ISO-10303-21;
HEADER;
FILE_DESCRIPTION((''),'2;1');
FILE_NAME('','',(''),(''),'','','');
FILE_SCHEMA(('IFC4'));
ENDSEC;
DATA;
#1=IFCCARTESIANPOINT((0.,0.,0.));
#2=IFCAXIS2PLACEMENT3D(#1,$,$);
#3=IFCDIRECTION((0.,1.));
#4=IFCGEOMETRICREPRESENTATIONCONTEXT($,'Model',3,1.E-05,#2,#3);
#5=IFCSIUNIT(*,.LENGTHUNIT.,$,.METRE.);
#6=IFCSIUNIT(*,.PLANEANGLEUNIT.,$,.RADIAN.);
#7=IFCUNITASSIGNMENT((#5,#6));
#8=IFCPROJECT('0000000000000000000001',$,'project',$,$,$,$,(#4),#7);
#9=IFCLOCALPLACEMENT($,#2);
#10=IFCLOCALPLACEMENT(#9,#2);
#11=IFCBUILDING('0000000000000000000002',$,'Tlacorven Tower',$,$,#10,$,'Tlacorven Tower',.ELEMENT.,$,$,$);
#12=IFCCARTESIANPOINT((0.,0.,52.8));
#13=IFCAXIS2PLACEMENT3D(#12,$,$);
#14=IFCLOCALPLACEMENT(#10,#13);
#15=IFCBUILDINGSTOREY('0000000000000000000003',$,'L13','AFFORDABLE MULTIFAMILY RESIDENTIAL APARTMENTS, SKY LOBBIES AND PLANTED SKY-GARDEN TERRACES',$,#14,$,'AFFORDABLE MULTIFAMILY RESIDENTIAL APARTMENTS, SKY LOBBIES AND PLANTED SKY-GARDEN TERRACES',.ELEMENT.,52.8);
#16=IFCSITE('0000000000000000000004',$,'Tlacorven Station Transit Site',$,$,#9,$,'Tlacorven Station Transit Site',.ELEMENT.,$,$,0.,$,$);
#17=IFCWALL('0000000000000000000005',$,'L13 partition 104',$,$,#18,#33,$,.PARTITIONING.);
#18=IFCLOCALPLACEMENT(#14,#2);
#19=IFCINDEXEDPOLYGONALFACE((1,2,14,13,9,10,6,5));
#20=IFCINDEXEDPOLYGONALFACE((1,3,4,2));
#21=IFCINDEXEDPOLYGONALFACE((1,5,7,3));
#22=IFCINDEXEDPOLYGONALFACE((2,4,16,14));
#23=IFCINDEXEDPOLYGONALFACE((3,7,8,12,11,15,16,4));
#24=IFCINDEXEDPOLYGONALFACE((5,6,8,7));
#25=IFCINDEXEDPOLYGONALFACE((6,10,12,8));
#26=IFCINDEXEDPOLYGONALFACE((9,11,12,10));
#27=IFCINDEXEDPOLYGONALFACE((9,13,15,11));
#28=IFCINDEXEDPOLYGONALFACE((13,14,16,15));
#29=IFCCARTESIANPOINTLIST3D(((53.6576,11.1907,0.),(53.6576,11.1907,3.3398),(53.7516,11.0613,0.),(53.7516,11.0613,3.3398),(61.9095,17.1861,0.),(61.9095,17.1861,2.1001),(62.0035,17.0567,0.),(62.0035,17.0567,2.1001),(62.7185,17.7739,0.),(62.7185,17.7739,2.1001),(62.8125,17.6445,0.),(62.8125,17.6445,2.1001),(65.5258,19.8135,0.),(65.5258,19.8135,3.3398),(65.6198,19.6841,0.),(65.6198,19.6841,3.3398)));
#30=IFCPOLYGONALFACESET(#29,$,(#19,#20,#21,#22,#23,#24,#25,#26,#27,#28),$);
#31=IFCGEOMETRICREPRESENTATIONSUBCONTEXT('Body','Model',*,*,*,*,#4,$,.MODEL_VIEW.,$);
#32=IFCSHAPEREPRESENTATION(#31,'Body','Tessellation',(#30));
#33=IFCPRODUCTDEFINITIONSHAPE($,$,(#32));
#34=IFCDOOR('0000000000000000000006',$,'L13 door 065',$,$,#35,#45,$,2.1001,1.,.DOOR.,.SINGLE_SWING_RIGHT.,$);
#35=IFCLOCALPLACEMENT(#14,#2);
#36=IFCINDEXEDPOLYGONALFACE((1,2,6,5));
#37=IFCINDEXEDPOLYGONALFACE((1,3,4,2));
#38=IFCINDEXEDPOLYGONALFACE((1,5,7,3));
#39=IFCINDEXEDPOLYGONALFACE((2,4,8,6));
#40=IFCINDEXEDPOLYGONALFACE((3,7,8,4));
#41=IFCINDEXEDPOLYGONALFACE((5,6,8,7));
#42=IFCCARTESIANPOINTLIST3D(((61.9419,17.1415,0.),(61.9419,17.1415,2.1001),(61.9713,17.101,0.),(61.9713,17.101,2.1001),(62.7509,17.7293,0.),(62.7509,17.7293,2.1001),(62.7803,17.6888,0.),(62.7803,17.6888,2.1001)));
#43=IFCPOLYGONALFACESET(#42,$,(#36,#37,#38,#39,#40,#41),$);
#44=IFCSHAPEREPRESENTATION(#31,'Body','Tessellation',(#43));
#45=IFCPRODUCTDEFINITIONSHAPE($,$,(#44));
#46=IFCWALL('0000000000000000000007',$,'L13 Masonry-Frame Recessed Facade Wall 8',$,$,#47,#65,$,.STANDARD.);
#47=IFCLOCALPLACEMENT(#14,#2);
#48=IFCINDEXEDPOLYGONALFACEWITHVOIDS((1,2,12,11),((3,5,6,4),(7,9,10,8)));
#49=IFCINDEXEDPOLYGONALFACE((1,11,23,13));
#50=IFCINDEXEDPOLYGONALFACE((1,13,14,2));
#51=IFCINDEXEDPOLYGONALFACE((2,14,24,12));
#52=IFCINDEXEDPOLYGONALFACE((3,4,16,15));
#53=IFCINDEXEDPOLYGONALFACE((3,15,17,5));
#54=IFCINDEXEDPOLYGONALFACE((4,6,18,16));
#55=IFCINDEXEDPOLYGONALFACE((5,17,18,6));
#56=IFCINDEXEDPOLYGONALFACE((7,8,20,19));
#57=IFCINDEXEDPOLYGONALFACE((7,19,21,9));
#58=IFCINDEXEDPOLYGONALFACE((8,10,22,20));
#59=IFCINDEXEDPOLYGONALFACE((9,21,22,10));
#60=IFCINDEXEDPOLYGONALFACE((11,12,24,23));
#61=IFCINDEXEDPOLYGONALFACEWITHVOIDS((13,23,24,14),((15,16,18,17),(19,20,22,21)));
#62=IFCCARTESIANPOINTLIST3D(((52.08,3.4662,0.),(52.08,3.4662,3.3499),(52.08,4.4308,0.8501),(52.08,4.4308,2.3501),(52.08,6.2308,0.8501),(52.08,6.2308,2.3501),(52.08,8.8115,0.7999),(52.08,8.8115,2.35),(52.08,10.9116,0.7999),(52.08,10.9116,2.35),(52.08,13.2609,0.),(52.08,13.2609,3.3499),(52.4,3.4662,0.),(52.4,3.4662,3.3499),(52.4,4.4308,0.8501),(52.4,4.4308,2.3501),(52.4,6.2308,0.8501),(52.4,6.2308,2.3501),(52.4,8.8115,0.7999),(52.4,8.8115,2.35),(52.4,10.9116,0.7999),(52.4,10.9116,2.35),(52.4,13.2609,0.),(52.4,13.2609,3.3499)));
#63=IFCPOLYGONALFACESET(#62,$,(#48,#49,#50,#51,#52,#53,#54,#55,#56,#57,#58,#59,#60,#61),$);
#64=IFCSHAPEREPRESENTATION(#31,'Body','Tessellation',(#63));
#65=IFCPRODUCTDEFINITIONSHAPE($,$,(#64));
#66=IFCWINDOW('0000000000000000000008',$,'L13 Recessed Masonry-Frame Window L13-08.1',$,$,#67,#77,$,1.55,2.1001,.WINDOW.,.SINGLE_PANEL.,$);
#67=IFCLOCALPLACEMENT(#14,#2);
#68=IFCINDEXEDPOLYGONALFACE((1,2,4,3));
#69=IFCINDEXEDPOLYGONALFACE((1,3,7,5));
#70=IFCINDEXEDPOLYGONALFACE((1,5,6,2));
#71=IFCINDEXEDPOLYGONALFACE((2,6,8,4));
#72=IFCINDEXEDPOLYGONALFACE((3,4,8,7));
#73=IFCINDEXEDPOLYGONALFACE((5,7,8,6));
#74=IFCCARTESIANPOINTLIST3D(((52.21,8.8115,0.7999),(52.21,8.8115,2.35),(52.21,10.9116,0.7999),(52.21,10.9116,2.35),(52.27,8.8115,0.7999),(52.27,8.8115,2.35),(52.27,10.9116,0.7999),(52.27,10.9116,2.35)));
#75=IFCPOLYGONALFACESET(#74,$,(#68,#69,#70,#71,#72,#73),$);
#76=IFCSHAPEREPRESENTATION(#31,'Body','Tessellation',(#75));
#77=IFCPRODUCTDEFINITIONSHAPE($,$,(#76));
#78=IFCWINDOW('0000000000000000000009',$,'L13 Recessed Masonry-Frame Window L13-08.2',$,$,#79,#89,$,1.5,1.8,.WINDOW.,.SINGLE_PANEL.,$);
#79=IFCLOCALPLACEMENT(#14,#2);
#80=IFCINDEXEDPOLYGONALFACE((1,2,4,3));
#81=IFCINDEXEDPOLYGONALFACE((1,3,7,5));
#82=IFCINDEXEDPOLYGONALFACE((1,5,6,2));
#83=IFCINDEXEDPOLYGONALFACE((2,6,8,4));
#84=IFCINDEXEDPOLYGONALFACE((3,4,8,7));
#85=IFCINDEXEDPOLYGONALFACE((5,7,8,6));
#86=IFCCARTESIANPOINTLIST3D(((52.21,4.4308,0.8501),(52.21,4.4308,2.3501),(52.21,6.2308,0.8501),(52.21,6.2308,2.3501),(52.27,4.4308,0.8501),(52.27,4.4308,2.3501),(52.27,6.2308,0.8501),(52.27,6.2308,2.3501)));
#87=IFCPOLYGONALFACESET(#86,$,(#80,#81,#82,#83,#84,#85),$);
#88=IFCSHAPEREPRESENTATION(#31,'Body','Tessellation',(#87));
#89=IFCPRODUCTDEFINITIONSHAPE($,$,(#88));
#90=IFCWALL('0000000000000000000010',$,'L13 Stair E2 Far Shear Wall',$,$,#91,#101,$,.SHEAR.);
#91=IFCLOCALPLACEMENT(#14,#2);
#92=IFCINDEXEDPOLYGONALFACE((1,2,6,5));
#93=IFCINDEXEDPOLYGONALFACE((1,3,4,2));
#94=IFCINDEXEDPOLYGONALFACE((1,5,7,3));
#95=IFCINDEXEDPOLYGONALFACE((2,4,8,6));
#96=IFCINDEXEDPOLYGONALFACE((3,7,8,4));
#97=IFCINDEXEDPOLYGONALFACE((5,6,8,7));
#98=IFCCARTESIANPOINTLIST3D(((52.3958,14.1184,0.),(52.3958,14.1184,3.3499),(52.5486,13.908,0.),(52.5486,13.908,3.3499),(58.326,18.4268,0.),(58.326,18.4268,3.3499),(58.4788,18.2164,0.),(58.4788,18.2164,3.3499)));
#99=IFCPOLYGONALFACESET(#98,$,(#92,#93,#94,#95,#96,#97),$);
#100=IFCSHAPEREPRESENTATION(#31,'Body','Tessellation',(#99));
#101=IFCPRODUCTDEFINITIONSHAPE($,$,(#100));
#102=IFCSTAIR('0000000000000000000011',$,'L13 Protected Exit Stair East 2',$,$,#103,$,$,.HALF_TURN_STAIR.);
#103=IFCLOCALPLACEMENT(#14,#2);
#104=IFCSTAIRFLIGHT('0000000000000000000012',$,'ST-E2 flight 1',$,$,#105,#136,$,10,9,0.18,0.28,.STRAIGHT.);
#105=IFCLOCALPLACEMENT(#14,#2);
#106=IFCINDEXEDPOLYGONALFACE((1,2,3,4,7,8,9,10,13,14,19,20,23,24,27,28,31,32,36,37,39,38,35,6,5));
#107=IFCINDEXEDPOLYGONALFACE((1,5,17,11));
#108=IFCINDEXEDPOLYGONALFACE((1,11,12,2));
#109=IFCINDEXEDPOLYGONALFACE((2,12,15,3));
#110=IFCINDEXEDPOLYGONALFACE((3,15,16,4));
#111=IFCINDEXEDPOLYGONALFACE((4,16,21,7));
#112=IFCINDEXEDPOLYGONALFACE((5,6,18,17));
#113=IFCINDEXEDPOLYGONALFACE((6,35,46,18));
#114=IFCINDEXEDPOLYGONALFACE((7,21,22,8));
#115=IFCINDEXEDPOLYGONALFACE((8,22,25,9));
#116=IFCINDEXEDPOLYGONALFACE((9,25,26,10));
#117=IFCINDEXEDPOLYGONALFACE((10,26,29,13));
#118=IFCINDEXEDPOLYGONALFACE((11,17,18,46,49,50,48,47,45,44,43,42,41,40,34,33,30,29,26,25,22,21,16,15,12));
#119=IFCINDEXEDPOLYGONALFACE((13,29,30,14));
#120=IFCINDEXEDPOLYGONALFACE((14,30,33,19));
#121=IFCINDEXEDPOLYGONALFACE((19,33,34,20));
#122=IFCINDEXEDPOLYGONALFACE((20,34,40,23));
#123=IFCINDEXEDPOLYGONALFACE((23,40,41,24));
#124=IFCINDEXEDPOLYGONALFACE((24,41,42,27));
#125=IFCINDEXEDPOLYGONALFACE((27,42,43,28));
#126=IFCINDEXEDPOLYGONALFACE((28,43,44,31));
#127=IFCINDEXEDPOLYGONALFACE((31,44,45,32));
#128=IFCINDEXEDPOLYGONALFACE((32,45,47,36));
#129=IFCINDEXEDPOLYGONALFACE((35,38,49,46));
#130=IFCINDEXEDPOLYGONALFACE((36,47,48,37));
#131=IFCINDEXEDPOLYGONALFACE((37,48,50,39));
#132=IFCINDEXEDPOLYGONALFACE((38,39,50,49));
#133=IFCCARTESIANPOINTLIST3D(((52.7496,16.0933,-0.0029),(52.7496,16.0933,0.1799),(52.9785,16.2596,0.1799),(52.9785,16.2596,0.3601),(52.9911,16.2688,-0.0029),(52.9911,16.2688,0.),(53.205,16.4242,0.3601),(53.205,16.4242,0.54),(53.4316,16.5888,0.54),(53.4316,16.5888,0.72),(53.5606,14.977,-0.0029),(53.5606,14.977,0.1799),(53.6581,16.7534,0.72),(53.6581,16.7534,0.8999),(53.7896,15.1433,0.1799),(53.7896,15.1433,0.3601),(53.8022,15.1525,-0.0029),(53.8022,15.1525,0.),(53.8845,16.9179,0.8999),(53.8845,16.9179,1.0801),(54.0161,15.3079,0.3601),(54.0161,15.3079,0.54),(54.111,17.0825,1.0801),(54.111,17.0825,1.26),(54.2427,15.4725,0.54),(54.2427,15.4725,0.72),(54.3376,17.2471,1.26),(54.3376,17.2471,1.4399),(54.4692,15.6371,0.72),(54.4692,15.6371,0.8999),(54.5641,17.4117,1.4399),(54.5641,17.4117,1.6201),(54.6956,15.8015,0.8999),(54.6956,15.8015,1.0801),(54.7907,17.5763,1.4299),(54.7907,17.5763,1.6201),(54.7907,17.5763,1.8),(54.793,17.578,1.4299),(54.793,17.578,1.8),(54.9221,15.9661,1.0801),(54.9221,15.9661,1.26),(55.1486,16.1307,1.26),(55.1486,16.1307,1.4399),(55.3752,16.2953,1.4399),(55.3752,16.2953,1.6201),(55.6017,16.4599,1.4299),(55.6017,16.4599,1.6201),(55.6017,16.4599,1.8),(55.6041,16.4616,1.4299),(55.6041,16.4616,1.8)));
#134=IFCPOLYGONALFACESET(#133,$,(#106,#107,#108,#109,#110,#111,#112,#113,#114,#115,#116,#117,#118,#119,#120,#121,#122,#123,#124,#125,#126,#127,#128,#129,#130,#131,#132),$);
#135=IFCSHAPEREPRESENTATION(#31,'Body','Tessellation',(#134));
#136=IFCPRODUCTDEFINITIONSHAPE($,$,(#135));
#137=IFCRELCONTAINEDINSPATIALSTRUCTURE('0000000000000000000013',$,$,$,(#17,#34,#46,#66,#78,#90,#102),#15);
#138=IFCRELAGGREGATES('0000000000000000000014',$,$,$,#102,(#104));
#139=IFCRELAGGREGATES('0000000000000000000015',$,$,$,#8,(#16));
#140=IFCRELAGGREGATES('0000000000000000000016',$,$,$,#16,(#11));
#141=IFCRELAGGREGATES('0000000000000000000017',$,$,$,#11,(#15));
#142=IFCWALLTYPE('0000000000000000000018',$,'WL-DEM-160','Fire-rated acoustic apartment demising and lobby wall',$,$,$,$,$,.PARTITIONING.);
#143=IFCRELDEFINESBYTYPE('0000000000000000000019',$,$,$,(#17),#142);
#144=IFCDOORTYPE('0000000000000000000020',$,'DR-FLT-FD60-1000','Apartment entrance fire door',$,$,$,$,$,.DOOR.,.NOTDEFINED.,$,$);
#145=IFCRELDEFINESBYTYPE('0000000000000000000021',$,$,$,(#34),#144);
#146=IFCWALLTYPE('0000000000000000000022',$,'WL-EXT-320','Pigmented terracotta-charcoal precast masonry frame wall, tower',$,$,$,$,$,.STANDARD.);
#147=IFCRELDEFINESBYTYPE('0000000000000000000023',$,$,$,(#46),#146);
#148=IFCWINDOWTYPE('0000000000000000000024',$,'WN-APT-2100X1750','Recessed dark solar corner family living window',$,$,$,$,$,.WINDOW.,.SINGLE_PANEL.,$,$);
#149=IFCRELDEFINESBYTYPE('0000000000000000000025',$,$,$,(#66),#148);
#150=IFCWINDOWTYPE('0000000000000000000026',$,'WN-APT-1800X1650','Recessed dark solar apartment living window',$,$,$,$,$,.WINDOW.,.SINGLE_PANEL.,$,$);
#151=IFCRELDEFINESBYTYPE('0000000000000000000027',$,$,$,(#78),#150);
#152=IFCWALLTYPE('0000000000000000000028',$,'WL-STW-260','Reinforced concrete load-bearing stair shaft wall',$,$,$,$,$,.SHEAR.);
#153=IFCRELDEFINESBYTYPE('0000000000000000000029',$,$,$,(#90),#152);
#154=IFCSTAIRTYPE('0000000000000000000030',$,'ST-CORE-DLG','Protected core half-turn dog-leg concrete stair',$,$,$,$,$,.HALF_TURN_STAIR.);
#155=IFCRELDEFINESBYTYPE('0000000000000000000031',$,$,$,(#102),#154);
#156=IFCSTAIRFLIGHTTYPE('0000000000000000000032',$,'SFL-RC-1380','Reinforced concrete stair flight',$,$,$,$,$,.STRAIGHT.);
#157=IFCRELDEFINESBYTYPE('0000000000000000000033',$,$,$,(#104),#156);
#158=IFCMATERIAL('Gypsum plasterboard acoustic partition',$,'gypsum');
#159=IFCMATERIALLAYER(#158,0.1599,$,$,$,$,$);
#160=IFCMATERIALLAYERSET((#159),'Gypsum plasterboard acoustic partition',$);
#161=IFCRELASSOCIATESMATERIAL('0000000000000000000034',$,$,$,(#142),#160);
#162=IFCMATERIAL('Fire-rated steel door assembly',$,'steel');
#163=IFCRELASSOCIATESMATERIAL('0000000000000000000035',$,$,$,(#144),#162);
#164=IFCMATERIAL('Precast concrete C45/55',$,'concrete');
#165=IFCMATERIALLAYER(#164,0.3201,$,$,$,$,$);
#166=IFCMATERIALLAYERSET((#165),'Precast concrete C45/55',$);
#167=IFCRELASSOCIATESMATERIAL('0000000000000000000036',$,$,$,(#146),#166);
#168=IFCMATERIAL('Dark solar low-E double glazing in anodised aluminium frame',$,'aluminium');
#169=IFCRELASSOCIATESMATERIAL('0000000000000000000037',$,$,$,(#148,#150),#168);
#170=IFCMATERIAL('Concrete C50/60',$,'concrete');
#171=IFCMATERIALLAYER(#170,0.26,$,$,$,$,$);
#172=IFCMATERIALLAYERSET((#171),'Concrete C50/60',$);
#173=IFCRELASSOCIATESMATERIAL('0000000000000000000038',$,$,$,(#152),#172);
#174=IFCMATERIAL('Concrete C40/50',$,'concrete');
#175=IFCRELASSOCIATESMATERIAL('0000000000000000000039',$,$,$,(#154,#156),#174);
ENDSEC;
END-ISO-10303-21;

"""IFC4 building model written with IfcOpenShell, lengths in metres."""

from ifc_helpers import new_model, si_unit, direction, frame, frame_2d, origin, place, context, subcontext, project, spatial, polyline, rectangle, outline, extrude, source, transform, mapped, material, layer, layer_set, type_object, element, fill, aggregate, save


model = new_model("IFC4")

# Units and contexts
model_context = context("Model", 3, precision=1e-05, world=origin(), true_north=direction((0.0, 1.0)))
body_context = subcontext(model_context, "Body", "Model", "MODEL_VIEW")
ifc_project = project(units=[si_unit("LENGTHUNIT", "METRE"), si_unit("PLANEANGLEUNIT", "RADIAN")], contexts=[model_context])

# Site, building, storey
site_placement = place(None, origin())
site = spatial("IfcSite", under=ifc_project, at=site_placement, Name="Tlacorven Station Transit Site", LongName="Tlacorven Station Transit Site", CompositionType="ELEMENT", RefElevation=0.0)
building_placement = place(site_placement, origin())
building = spatial("IfcBuilding", under=site, at=building_placement, Name="Tlacorven Tower", LongName="Tlacorven Tower", CompositionType="ELEMENT")
storey_placement = place(building_placement, frame((0.0, 0.0, 52.8)))
storey = spatial("IfcBuildingStorey", under=building, at=storey_placement, Name="L13", Description="AFFORDABLE MULTIFAMILY RESIDENTIAL APARTMENTS, SKY LOBBIES AND PLANTED SKY-GARDEN TERRACES", LongName="AFFORDABLE MULTIFAMILY RESIDENTIAL APARTMENTS, SKY LOBBIES AND PLANTED SKY-GARDEN TERRACES", CompositionType="ELEMENT", Elevation=52.8)

# Wall, opening, door
ifc_material_1 = material(Name="Gypsum plasterboard acoustic partition", Category="gypsum")
ifc_layer_1 = layer(ifc_material_1, 0.1599)
ifc_layer_set_1 = layer_set([ifc_layer_1], Name="Gypsum plasterboard acoustic partition")
wall_type_1 = type_object("IfcWallType", Name="WL-DEM-160", Description="Fire-rated acoustic apartment demising and lobby wall", PredefinedType="PARTITIONING", material=ifc_layer_set_1)
wall_1_placement = place(storey_placement, frame((53.7046, 11.126, 0.0), z_axis=(0.0, 0.0, 1.0), x_axis=(0.809015, 0.587789, 0.0)))
wall_1 = element("IfcWall", 1, at=wall_1_placement, inside=storey, type_object=wall_type_1, Name="L13 partition 104", PredefinedType="PARTITIONING", context=body_context, shape_type="SweptSolid", body=[
    extrude(rectangle(XDim=14.6699, YDim=0.1599, at=frame_2d((7.335, 0.0))), origin(), (0.0, 0.0, 1.0), 3.3398),
])
opening_1_placement = place(wall_1_placement, frame((10.2, 0.0, 0.0)))
opening_1 = element("IfcOpeningElement", 2, at=opening_1_placement, cuts=wall_1, PredefinedType="OPENING", context=body_context, shape_type="SweptSolid", body=[
    extrude(rectangle(XDim=1.0, YDim=2.1001, at=frame_2d((0.5, 1.05))), frame((0.0, 0.0898, 0.0), z_axis=(0.0, -1.0, 0.0), x_axis=(1.0, 0.0, 0.0)), (0.0, 0.0, 1.0), 0.1799),
])
ifc_material_2 = material(Name="Fire-rated steel door assembly", Category="steel")
door_type = type_object("IfcDoorType", Name="DR-FLT-FD60-1000", Description="Apartment entrance fire door", OperationType="NOTDEFINED", PredefinedType="DOOR", material=ifc_material_2)
shared_shape_1 = source(origin(), body_context, "Body", "SweptSolid", [
    extrude(rectangle(XDim=1.0, YDim=2.1001, at=frame_2d((0.5, 1.05))), frame((0.0, 0.0249, 0.0), z_axis=(0.0, -1.0, 0.0), x_axis=(1.0, 0.0, 0.0)), (0.0, 0.0, 1.0), 0.05),
])
door_placement = place(opening_1_placement, origin())
door = element("IfcDoor", 3, at=door_placement, inside=storey, type_object=door_type, Name="L13 door 065", OperationType="SINGLE_SWING_RIGHT", OverallHeight=2.1001, OverallWidth=1.0, PredefinedType="DOOR", context=body_context, shape_type="MappedRepresentation", body=[
    mapped(shared_shape_1, transform((0.0, 0.0, 0.0), scale=1.0)),
])
fill(opening_1, door)

# Wall, openings, windows
ifc_material_3 = material(Name="Precast concrete C45/55", Category="concrete")
ifc_layer_2 = layer(ifc_material_3, 0.3201)
ifc_layer_set_2 = layer_set([ifc_layer_2], Name="Precast concrete C45/55")
wall_type_2 = type_object("IfcWallType", Name="WL-EXT-320", Description="Pigmented terracotta-charcoal precast masonry frame wall, tower", PredefinedType="STANDARD", material=ifc_layer_set_2)
wall_2_placement = place(storey_placement, frame((52.24, 13.261, 0.0), z_axis=(0.0, 0.0, 1.0), x_axis=(0.0, -1.0, 0.0)))
wall_2 = element("IfcWall", 4, at=wall_2_placement, inside=storey, type_object=wall_type_2, Name="L13 Masonry-Frame Recessed Facade Wall 8", PredefinedType="STANDARD", context=body_context, shape_type="SweptSolid", body=[
    extrude(rectangle(XDim=9.7947, YDim=0.3201, at=frame_2d((4.8975, 0.0))), origin(), (0.0, 0.0, 1.0), 3.3499),
])
opening_2_placement = place(wall_2_placement, frame((2.3494, 0.0, 0.8)))
opening_2 = element("IfcOpeningElement", 5, at=opening_2_placement, cuts=wall_2, PredefinedType="OPENING", context=body_context, shape_type="SweptSolid", body=[
    extrude(rectangle(XDim=2.1001, YDim=1.55, at=frame_2d((1.05, 0.7749))), frame((0.0, 0.1699, 0.0), z_axis=(0.0, -1.0, 0.0), x_axis=(1.0, 0.0, 0.0)), (0.0, 0.0, 1.0), 0.3401),
])
opening_3_placement = place(wall_2_placement, frame((7.0303, 0.0, 0.8501)))
opening_3 = element("IfcOpeningElement", 6, at=opening_3_placement, cuts=wall_2, PredefinedType="OPENING", context=body_context, shape_type="SweptSolid", body=[
    extrude(rectangle(XDim=1.8, YDim=1.5, at=frame_2d((0.8999, 0.75))), frame((0.0, 0.1699, 0.0), z_axis=(0.0, -1.0, 0.0), x_axis=(1.0, 0.0, 0.0)), (0.0, 0.0, 1.0), 0.3401),
])
ifc_material_4 = material(Name="Dark solar low-E double glazing in anodised aluminium frame", Category="aluminium")
window_type_1 = type_object("IfcWindowType", Name="WN-APT-2100X1750", Description="Recessed dark solar corner family living window", PartitioningType="SINGLE_PANEL", PredefinedType="WINDOW", material=ifc_material_4)
shared_shape_2 = source(origin(), body_context, "Body", "SweptSolid", [
    extrude(rectangle(XDim=2.1001, YDim=1.55, at=frame_2d((1.05, 0.7749))), frame((0.0, 0.03, 0.0), z_axis=(0.0, -1.0, 0.0), x_axis=(1.0, 0.0, 0.0)), (0.0, 0.0, 1.0), 0.0601),
])
window_1_placement = place(opening_2_placement, origin())
window_1 = element("IfcWindow", 7, at=window_1_placement, inside=storey, type_object=window_type_1, Name="L13 Recessed Masonry-Frame Window L13-08.1", OverallHeight=1.55, OverallWidth=2.1001, PartitioningType="SINGLE_PANEL", PredefinedType="WINDOW", context=body_context, shape_type="MappedRepresentation", body=[
    mapped(shared_shape_2, transform((0.0, 0.0, 0.0), scale=1.0)),
])
fill(opening_2, window_1)
window_type_2 = type_object("IfcWindowType", Name="WN-APT-1800X1650", Description="Recessed dark solar apartment living window", PartitioningType="SINGLE_PANEL", PredefinedType="WINDOW", material=ifc_material_4)
shared_shape_3 = source(origin(), body_context, "Body", "SweptSolid", [
    extrude(rectangle(XDim=1.8, YDim=1.5, at=frame_2d((0.8999, 0.75))), frame((0.0, 0.03, 0.0), z_axis=(0.0, -1.0, 0.0), x_axis=(1.0, 0.0, 0.0)), (0.0, 0.0, 1.0), 0.0601),
])
window_2_placement = place(opening_3_placement, origin())
window_2 = element("IfcWindow", 8, at=window_2_placement, inside=storey, type_object=window_type_2, Name="L13 Recessed Masonry-Frame Window L13-08.2", OverallHeight=1.5, OverallWidth=1.8, PartitioningType="SINGLE_PANEL", PredefinedType="WINDOW", context=body_context, shape_type="MappedRepresentation", body=[
    mapped(shared_shape_3, transform((0.0, 0.0, 0.0), scale=1.0)),
])
fill(opening_3, window_2)

# Wall
ifc_material_5 = material(Name="Concrete C50/60", Category="concrete")
ifc_layer_3 = layer(ifc_material_5, 0.26)
ifc_layer_set_3 = layer_set([ifc_layer_3], Name="Concrete C50/60")
wall_type_3 = type_object("IfcWallType", Name="WL-STW-260", Description="Reinforced concrete load-bearing stair shaft wall", PredefinedType="SHEAR", material=ifc_layer_set_3)
wall_3_placement = place(storey_placement, frame((52.4722, 14.0132, 0.0), z_axis=(0.0, 0.0, 1.0), x_axis=(0.809028, 0.58777, 0.0)))
element("IfcWall", 9, at=wall_3_placement, inside=storey, type_object=wall_type_3, Name="L13 Stair E2 Far Shear Wall", PredefinedType="SHEAR", context=body_context, shape_type="SweptSolid", body=[
    extrude(rectangle(XDim=7.3301, YDim=0.26, at=frame_2d((3.665, 0.0))), origin(), (0.0, 0.0, 1.0), 3.3499),
])

# Stair, stair flight
ifc_material_6 = material(Name="Concrete C40/50", Category="concrete")
stair_type = type_object("IfcStairType", Name="ST-CORE-DLG", Description="Protected core half-turn dog-leg concrete stair", PredefinedType="HALF_TURN_STAIR", material=ifc_material_6)
stair_placement = place(storey_placement, origin())
stair = element("IfcStair", 10, at=stair_placement, inside=storey, type_object=stair_type, Name="L13 Protected Exit Stair East 2", PredefinedType="HALF_TURN_STAIR")
stair_flight_type = type_object("IfcStairFlightType", Name="SFL-RC-1380", Description="Reinforced concrete stair flight", PredefinedType="STRAIGHT", material=ifc_material_6)
shared_shape_4 = source(origin(), body_context, "Body", "SweptSolid", [
    extrude(outline(polyline([(-0.0029, -0.0029), (-0.0029, 0.1799), (0.28, 0.1799), (0.28, 0.3601), (0.5601, 0.3601), (0.5601, 0.54), (0.8401, 0.54), (0.8401, 0.72), (1.1201, 0.72), (1.1201, 0.8999), (1.3999, 0.8999), (1.3999, 1.0801), (1.6799, 1.0801), (1.6799, 1.26), (1.96, 1.26), (1.96, 1.4399), (2.24, 1.4399), (2.24, 1.6201), (2.52, 1.6201), (2.52, 1.8), (2.5229, 1.8), (2.5229, 1.4299), (2.52, 1.4299), (0.2957, 0.0), (0.2957, -0.0029), (-0.0029, -0.0029)])), frame((0.0, 0.6899, 0.0), z_axis=(0.0, -1.0, 0.0), x_axis=(1.0, 0.0, 0.0)), (0.0, 0.0, 1.0), 1.3799),
])
stair_flight_1_placement = place(storey_placement, frame((53.1575, 15.5369, 0.0), z_axis=(0.0, 0.0, 1.0), x_axis=(0.809017, 0.587785, 0.0)))
stair_flight_1 = element("IfcStairFlight", 11, at=stair_flight_1_placement, type_object=stair_flight_type, Name="ST-E2 flight 1", NumberOfRisers=10, NumberOfTreads=9, PredefinedType="STRAIGHT", RiserHeight=0.18, TreadLength=0.28, context=body_context, shape_type="MappedRepresentation", body=[
    mapped(shared_shape_4, transform((0.0, 0.0, 0.0), scale=1.0)),
])
aggregate(stair, [stair_flight_1])

save(model, "model.ifc")
